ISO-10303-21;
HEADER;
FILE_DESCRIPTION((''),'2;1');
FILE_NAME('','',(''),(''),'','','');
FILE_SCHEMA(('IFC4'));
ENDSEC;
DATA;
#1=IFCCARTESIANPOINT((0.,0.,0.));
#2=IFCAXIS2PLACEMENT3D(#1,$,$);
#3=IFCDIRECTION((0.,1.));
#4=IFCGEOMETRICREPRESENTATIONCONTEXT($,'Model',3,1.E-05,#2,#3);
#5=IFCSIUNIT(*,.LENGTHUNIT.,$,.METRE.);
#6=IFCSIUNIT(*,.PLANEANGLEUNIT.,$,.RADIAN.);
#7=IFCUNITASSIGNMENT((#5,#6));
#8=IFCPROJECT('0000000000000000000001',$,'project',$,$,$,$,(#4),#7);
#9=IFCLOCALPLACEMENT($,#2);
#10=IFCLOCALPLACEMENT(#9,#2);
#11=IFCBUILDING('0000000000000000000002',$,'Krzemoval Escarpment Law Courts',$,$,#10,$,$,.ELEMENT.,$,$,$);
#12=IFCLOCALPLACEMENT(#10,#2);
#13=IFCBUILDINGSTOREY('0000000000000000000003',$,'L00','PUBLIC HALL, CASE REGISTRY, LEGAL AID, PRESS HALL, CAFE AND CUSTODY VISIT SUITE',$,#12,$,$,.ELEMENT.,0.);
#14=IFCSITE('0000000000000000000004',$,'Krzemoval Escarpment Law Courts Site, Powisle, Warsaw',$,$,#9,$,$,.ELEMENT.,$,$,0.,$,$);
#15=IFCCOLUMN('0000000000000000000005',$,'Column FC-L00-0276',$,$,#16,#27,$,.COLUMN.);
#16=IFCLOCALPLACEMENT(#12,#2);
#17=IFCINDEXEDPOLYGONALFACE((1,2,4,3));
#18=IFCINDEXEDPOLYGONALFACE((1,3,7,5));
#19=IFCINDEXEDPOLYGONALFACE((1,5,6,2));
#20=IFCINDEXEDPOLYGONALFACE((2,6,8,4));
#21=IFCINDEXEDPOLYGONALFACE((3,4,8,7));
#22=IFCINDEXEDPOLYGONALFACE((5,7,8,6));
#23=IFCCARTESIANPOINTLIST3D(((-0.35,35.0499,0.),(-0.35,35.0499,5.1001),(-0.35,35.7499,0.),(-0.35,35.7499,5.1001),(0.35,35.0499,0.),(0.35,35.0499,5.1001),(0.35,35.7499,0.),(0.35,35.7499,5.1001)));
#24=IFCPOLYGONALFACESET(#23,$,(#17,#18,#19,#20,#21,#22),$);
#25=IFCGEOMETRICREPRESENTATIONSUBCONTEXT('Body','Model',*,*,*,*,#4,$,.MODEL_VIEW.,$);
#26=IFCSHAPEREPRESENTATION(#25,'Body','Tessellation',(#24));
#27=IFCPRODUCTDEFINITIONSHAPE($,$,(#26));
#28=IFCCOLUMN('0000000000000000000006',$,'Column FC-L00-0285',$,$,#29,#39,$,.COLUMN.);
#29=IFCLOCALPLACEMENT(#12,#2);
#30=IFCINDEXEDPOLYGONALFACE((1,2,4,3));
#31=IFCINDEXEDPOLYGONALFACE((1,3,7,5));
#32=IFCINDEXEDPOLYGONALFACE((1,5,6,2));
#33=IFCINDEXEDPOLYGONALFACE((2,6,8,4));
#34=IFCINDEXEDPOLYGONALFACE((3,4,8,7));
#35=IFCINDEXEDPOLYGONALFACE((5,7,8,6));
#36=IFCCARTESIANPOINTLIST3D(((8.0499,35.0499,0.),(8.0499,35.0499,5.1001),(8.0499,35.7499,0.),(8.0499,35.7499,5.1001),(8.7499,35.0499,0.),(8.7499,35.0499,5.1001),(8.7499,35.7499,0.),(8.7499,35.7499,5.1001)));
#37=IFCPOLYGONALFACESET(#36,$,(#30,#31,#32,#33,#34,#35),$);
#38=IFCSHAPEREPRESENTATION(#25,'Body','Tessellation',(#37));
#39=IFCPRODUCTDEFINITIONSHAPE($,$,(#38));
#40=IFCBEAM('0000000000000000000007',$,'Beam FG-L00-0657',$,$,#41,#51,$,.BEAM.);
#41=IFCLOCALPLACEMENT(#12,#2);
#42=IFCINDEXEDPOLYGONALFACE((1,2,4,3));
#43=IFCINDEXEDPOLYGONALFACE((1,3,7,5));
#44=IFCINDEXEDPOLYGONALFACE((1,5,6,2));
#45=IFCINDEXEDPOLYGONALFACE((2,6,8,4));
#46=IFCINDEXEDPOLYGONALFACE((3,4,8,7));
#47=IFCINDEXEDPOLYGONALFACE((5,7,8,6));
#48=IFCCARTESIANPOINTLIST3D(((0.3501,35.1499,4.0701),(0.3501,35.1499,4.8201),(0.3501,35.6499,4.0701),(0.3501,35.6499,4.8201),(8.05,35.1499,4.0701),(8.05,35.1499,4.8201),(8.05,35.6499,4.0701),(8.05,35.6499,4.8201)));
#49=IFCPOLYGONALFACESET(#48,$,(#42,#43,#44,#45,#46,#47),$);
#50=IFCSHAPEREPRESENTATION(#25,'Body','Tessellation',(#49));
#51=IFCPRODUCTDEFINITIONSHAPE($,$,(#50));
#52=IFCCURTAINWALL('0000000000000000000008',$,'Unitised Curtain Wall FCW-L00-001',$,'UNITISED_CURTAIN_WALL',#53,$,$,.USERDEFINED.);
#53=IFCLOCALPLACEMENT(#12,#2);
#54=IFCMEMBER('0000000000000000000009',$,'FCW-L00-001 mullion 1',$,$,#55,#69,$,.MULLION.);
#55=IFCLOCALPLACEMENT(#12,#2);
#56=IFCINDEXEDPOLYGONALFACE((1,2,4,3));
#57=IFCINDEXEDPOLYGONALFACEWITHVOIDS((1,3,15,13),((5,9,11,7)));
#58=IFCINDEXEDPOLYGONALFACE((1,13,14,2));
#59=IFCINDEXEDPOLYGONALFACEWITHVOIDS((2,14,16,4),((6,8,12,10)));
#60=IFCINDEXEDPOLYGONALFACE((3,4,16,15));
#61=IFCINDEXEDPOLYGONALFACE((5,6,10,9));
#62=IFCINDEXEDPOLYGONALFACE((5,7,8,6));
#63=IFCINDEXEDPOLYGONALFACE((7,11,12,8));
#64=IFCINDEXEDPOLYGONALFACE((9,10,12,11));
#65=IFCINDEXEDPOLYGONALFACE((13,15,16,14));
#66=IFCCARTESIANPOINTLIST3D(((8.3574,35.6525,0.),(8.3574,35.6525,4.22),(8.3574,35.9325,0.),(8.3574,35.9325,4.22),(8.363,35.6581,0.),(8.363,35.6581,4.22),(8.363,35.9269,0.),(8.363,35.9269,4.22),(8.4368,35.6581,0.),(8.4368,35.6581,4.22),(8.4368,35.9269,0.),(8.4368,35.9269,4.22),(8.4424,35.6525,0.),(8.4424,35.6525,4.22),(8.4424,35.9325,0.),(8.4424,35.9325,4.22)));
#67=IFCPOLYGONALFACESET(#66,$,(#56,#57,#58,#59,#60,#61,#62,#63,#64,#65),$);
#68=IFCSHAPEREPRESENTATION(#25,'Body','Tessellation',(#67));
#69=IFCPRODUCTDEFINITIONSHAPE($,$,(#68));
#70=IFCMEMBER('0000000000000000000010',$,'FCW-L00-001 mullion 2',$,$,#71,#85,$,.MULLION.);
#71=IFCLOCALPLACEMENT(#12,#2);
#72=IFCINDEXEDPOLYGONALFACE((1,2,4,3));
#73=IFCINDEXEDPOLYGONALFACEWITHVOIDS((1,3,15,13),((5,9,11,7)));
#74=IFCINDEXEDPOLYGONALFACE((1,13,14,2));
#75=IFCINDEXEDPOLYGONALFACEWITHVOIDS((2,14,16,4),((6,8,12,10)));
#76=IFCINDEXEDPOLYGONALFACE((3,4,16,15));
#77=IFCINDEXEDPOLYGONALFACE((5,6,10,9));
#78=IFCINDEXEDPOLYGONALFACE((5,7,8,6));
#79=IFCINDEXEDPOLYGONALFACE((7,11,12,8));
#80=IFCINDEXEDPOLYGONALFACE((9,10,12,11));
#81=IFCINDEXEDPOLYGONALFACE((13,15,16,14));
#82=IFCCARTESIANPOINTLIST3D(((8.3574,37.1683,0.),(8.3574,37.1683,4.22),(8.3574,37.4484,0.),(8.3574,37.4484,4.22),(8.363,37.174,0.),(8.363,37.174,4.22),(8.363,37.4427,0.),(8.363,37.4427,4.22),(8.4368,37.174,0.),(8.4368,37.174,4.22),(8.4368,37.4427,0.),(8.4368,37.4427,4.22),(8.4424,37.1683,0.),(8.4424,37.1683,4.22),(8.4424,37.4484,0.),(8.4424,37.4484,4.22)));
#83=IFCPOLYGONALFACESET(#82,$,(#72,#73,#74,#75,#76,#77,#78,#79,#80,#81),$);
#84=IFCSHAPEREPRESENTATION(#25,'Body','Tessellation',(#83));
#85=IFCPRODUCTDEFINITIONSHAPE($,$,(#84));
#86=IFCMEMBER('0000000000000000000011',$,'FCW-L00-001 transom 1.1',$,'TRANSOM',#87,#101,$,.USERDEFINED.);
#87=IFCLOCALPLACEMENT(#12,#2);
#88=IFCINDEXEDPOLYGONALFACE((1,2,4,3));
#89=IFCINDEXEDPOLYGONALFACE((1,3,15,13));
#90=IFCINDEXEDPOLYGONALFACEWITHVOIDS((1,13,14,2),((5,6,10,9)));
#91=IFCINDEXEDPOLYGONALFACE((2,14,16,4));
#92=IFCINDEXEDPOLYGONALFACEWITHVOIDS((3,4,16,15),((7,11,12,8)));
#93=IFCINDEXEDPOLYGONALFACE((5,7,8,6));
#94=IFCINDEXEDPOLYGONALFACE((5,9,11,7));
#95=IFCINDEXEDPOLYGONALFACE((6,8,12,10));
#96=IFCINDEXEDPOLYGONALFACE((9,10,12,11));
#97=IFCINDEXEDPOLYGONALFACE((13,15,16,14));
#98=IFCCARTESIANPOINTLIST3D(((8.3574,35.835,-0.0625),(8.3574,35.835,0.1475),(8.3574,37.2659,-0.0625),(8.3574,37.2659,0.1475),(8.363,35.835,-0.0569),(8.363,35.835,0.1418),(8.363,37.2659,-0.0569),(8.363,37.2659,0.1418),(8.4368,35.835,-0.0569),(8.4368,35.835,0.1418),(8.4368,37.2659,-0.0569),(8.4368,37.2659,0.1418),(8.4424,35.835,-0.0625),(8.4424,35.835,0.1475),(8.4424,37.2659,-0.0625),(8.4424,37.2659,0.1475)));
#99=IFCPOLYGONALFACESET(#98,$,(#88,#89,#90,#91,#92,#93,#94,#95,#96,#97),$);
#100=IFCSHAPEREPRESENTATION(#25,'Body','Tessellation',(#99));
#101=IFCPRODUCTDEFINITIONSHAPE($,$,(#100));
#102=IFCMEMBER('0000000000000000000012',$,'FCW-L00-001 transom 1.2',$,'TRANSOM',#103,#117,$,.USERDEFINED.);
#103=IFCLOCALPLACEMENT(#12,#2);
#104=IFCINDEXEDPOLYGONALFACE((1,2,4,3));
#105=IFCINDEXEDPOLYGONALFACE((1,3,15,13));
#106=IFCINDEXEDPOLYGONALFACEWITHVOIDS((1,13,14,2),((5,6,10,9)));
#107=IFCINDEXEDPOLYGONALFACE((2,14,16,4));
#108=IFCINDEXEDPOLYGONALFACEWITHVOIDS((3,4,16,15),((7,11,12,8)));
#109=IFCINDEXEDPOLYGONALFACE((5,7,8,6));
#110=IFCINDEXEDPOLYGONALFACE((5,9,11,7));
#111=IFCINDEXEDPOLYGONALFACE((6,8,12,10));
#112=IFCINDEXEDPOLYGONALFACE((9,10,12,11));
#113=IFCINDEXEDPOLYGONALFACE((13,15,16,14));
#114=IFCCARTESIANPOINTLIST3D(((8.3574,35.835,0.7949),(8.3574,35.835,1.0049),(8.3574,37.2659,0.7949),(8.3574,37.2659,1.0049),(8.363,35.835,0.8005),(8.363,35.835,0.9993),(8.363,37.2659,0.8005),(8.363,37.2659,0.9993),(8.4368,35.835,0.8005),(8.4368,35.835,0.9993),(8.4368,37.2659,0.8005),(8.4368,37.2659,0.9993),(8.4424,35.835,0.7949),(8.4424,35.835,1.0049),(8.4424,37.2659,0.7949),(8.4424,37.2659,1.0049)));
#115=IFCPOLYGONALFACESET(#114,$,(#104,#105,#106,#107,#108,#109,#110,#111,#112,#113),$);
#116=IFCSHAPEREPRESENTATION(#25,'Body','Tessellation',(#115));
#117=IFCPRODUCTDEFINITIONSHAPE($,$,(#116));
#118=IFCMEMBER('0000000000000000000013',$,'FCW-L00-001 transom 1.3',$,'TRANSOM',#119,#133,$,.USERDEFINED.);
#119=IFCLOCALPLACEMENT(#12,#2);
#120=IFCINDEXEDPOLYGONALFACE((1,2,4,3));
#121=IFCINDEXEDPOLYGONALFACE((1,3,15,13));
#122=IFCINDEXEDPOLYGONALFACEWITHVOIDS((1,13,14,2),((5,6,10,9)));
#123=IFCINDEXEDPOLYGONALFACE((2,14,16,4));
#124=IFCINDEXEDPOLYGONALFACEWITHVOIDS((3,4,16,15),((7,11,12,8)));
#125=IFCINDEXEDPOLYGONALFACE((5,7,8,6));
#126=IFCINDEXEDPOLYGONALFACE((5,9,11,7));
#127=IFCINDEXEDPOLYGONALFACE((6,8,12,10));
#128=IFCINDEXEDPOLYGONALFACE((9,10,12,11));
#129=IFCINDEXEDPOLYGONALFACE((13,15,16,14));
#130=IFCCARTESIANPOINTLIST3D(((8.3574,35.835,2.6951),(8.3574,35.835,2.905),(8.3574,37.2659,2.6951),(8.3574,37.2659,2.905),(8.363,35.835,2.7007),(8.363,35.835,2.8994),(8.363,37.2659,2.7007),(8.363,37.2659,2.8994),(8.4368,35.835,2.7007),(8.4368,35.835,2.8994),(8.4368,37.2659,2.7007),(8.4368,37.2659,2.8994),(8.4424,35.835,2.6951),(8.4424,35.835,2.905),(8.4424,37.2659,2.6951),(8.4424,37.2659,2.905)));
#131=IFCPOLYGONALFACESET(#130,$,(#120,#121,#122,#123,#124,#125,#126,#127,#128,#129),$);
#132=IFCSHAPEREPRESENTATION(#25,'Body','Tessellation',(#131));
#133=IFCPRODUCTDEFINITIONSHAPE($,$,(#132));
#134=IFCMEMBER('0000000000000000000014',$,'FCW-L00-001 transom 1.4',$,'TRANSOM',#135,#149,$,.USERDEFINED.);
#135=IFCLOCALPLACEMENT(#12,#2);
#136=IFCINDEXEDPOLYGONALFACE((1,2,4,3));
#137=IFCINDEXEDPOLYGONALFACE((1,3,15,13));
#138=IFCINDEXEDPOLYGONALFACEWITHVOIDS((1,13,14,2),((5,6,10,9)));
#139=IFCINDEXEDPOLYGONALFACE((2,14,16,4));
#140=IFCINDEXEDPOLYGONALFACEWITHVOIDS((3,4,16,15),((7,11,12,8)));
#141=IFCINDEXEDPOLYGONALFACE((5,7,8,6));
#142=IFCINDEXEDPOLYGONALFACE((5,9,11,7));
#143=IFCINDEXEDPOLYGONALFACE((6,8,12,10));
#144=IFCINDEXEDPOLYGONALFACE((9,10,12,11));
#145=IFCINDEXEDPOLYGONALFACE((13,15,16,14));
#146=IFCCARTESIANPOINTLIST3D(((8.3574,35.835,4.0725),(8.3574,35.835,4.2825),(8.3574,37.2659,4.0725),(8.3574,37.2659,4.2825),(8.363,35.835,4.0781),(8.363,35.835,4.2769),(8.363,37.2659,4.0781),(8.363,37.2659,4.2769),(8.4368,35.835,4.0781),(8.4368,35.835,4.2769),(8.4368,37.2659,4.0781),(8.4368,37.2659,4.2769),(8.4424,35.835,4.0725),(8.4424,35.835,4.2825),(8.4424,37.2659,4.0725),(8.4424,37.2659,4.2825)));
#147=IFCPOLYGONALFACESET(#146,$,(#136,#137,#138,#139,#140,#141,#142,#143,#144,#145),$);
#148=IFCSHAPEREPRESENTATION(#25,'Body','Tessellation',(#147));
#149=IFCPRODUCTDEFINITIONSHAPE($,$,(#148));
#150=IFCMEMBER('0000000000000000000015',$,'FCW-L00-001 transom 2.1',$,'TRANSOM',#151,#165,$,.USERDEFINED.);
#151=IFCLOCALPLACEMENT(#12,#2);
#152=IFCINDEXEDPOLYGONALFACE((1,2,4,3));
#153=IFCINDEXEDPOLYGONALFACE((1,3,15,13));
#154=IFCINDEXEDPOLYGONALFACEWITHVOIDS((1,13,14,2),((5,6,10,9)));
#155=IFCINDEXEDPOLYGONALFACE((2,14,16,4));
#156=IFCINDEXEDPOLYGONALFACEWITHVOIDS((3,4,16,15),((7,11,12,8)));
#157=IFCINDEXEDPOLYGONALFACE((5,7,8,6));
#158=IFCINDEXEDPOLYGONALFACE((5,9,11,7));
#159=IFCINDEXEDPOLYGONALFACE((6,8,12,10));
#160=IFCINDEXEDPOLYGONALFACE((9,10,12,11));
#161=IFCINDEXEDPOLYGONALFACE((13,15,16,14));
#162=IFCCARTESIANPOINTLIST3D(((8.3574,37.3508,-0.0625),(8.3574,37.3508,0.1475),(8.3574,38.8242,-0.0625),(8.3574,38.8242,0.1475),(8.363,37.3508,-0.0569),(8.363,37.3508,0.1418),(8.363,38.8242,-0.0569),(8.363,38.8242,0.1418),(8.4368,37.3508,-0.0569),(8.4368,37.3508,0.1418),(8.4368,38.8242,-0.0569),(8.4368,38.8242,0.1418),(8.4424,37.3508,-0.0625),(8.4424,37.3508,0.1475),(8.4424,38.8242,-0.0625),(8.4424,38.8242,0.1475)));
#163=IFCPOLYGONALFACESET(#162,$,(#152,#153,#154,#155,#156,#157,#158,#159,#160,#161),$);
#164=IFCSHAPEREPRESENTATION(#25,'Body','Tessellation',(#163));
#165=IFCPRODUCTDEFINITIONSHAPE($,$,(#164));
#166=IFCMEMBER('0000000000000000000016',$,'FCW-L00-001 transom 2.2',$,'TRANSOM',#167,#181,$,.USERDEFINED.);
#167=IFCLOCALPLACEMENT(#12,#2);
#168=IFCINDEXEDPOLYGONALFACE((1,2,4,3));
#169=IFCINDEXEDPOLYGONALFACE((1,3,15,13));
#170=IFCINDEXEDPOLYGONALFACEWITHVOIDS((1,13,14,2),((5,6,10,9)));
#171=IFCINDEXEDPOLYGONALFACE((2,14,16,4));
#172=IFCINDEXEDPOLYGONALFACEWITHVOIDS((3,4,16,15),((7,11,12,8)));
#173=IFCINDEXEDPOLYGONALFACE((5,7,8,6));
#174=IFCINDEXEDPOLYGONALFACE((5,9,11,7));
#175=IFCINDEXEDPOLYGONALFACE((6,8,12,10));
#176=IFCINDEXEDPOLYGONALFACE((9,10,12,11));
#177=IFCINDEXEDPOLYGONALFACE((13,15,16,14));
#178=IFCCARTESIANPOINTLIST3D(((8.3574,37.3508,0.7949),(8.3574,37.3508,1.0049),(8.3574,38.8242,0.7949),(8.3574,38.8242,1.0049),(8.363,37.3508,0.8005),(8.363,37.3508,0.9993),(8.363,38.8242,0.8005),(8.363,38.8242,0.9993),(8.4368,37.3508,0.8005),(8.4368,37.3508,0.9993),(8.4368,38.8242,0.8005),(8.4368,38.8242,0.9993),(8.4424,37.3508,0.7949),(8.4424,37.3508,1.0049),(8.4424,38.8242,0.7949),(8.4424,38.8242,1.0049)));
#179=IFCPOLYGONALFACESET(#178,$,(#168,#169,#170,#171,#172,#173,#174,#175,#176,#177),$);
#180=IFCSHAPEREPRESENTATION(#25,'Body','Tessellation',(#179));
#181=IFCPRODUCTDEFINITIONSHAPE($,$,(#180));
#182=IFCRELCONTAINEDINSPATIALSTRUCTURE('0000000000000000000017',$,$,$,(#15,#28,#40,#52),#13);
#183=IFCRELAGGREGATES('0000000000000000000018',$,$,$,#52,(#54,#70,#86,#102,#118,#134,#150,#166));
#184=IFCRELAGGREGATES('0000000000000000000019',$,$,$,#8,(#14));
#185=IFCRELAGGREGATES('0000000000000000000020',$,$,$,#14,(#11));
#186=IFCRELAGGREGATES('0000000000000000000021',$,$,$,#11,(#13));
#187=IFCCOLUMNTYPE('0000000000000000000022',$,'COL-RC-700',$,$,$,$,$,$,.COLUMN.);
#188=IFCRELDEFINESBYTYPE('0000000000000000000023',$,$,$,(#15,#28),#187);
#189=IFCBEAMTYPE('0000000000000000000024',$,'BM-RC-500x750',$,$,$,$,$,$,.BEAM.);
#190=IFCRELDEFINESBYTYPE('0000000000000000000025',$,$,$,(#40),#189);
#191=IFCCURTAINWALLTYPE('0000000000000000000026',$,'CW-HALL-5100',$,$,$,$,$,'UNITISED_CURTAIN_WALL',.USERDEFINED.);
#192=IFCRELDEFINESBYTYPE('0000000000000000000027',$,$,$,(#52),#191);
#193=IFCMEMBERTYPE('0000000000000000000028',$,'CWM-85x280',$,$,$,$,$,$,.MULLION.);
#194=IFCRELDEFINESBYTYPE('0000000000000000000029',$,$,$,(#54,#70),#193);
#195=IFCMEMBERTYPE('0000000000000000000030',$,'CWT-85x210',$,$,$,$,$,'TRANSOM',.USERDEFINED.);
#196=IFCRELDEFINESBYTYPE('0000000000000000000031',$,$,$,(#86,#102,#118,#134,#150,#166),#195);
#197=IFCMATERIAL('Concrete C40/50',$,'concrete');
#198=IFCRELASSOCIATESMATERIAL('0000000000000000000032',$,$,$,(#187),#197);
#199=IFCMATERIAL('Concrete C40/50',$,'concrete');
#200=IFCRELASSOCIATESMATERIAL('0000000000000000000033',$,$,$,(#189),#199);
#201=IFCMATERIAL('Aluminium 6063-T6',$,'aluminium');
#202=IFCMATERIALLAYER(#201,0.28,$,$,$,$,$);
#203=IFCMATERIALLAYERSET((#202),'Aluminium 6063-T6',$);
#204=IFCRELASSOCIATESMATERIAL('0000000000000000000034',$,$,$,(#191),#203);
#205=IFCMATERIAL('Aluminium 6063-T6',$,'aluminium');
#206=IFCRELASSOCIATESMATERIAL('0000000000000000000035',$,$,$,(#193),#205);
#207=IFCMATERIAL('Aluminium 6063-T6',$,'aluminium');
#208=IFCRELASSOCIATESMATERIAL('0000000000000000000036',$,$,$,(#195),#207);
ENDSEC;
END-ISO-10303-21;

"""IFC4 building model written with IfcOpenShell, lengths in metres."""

from ifc_helpers import new_model, si_unit, direction, frame, origin, origin_2d, place, context, subcontext, project, spatial, rectangle, hollow_rectangle, extrude, material, layer, layer_set, material_profile, profile_set, type_object, element, aggregate, save


model = new_model("IFC4")

# Units and contexts
model_context = context("Model", 3, precision=1e-05, world=origin(), true_north=direction((0.0, 1.0)))
body_context = subcontext(model_context, "Body", "Model", "MODEL_VIEW")
ifc_project = project(units=[si_unit("LENGTHUNIT", "METRE"), si_unit("PLANEANGLEUNIT", "RADIAN")], contexts=[model_context])

# Site, building, storey
site_placement = place(None, origin())
site = spatial("IfcSite", under=ifc_project, at=site_placement, Name="Krzemoval Escarpment Law Courts Site, Powisle, Warsaw", CompositionType="ELEMENT", RefElevation=0.0)
building_placement = place(site_placement, origin())
building = spatial("IfcBuilding", under=site, at=building_placement, Name="Krzemoval Escarpment Law Courts", CompositionType="ELEMENT")
storey_placement = place(building_placement, origin())
storey = spatial("IfcBuildingStorey", under=building, at=storey_placement, Name="L00", Description="PUBLIC HALL, CASE REGISTRY, LEGAL AID, PRESS HALL, CAFE AND CUSTODY VISIT SUITE", CompositionType="ELEMENT", Elevation=0.0)

# Columns
ifc_material_1 = material(Name="Concrete C40/50", Category="concrete")
ifc_material_profile_1 = material_profile(ifc_material_1, rectangle(XDim=0.7, YDim=0.7, at=origin_2d()), Name="RC 700x700")
ifc_profile_set_1 = profile_set([ifc_material_profile_1], Name="Concrete C40/50")
column_type = type_object("IfcColumnType", Name="COL-RC-700", PredefinedType="COLUMN", material=ifc_profile_set_1)
for number, where, z_axis, x_axis, name in (
    (1, (0.0, 35.3999, 0.0), (0.0, 0.0, 1.0), (1.0, 0.0, 0.0), "Column FC-L00-0276"),
    (2, (8.3999, 35.3999, 0.0), (0.0, 0.0, 1.0), (1.0, 0.0, 0.0), "Column FC-L00-0285"),
):
    element("IfcColumn", number, at=place(storey_placement, frame(where, z_axis=z_axis, x_axis=x_axis)), inside=storey, type_object=column_type, Name=name, PredefinedType="COLUMN", context=body_context, shape_type="SweptSolid", body=[
        extrude(rectangle(XDim=0.7, YDim=0.7, at=origin_2d()), origin(), (0.0, 0.0, 1.0), 5.1001),
    ])

# Beam
ifc_material_2 = material(Name="Concrete C40/50", Category="concrete")
ifc_material_profile_2 = material_profile(ifc_material_2, rectangle(XDim=0.5, YDim=0.75, at=origin_2d()), Name="RCB 500x750")
ifc_profile_set_2 = profile_set([ifc_material_profile_2], Name="Concrete C40/50")
beam_type_1 = type_object("IfcBeamType", Name="BM-RC-500x750", PredefinedType="BEAM", material=ifc_profile_set_2)
beam_1_placement = place(storey_placement, frame((0.3501, 35.3999, 4.4451), z_axis=(1.0, 0.0, 0.0), x_axis=(0.0, 1.0, 0.0)))
element("IfcBeam", 3, at=beam_1_placement, inside=storey, type_object=beam_type_1, Name="Beam FG-L00-0657", PredefinedType="BEAM", context=body_context, shape_type="SweptSolid", body=[
    extrude(rectangle(XDim=0.5, YDim=0.75, at=origin_2d()), origin(), (0.0, 0.0, 1.0), 7.7),
])

# Curtain wall, members
ifc_material_3 = material(Name="Aluminium 6063-T6", Category="aluminium")
ifc_layer_1 = layer(ifc_material_3, 0.28)
ifc_layer_set_1 = layer_set([ifc_layer_1], Name="Aluminium 6063-T6")
curtain_wall_type = type_object("IfcCurtainWallType", Name="CW-HALL-5100", ElementType="UNITISED_CURTAIN_WALL", PredefinedType="USERDEFINED", material=ifc_layer_set_1)
curtain_wall_placement = place(storey_placement, origin())
curtain_wall = element("IfcCurtainWall", 4, at=curtain_wall_placement, inside=storey, type_object=curtain_wall_type, Name="Unitised Curtain Wall FCW-L00-001", ObjectType="UNITISED_CURTAIN_WALL", PredefinedType="USERDEFINED")
ifc_material_4 = material(Name="Aluminium 6063-T6", Category="aluminium")
ifc_material_profile_3 = material_profile(ifc_material_4, hollow_rectangle(XDim=0.085, YDim=0.28, WallThickness=0.0056, at=origin_2d()), Name="ALU M85x280")
ifc_profile_set_3 = profile_set([ifc_material_profile_3], Name="Aluminium 6063-T6")
member_type_1 = type_object("IfcMemberType", Name="CWM-85x280", PredefinedType="MULLION", material=ifc_profile_set_3)
member_1_placement = place(storey_placement, frame((8.3999, 35.7925, 0.0), z_axis=(0.0, 0.0, 1.0), x_axis=(-1.0, 0.0, 0.0)))
member_1 = element("IfcMember", 5, at=member_1_placement, type_object=member_type_1, Name="FCW-L00-001 mullion 1", PredefinedType="MULLION", context=body_context, shape_type="SweptSolid", body=[
    extrude(hollow_rectangle(XDim=0.085, YDim=0.28, WallThickness=0.0056, at=origin_2d()), origin(), (0.0, 0.0, 1.0), 4.22),
])
member_2_placement = place(storey_placement, frame((8.3999, 37.3083, 0.0), z_axis=(0.0, 0.0, 1.0), x_axis=(-1.0, 0.0, 0.0)))
member_2 = element("IfcMember", 6, at=member_2_placement, type_object=member_type_1, Name="FCW-L00-001 mullion 2", PredefinedType="MULLION", context=body_context, shape_type="SweptSolid", body=[
    extrude(hollow_rectangle(XDim=0.085, YDim=0.28, WallThickness=0.0056, at=origin_2d()), origin(), (0.0, 0.0, 1.0), 4.22),
])
ifc_material_5 = material(Name="Aluminium 6063-T6", Category="aluminium")
ifc_material_profile_4 = material_profile(ifc_material_5, hollow_rectangle(XDim=0.085, YDim=0.21, WallThickness=0.0056, at=origin_2d()), Name="ALU T85x210")
ifc_profile_set_4 = profile_set([ifc_material_profile_4], Name="Aluminium 6063-T6")
member_type_2 = type_object("IfcMemberType", Name="CWT-85x210", ElementType="TRANSOM", PredefinedType="USERDEFINED", material=ifc_profile_set_4)
member_3_placement = place(storey_placement, frame((8.3999, 35.835, 0.0425), z_axis=(0.0, 1.0, 0.0), x_axis=(-1.0, 0.0, 0.0)))
member_3 = element("IfcMember", 7, at=member_3_placement, type_object=member_type_2, Name="FCW-L00-001 transom 1.1", ObjectType="TRANSOM", PredefinedType="USERDEFINED", context=body_context, shape_type="SweptSolid", body=[
    extrude(hollow_rectangle(XDim=0.085, YDim=0.21, WallThickness=0.0056, at=origin_2d()), origin(), (0.0, 0.0, 1.0), 1.4309),
])
member_4_placement = place(storey_placement, frame((8.3999, 35.835, 0.8999), z_axis=(0.0, 1.0, 0.0), x_axis=(-1.0, 0.0, 0.0)))
member_4 = element("IfcMember", 8, at=member_4_placement, type_object=member_type_2, Name="FCW-L00-001 transom 1.2", ObjectType="TRANSOM", PredefinedType="USERDEFINED", context=body_context, shape_type="SweptSolid", body=[
    extrude(hollow_rectangle(XDim=0.085, YDim=0.21, WallThickness=0.0056, at=origin_2d()), origin(), (0.0, 0.0, 1.0), 1.4309),
])
member_5_placement = place(storey_placement, frame((8.3999, 35.835, 2.8), z_axis=(0.0, 1.0, 0.0), x_axis=(-1.0, 0.0, 0.0)))
member_5 = element("IfcMember", 9, at=member_5_placement, type_object=member_type_2, Name="FCW-L00-001 transom 1.3", ObjectType="TRANSOM", PredefinedType="USERDEFINED", context=body_context, shape_type="SweptSolid", body=[
    extrude(hollow_rectangle(XDim=0.085, YDim=0.21, WallThickness=0.0056, at=origin_2d()), origin(), (0.0, 0.0, 1.0), 1.4309),
])
member_6_placement = place(storey_placement, frame((8.3999, 35.835, 4.1775), z_axis=(0.0, 1.0, 0.0), x_axis=(-1.0, 0.0, 0.0)))
member_6 = element("IfcMember", 10, at=member_6_placement, type_object=member_type_2, Name="FCW-L00-001 transom 1.4", ObjectType="TRANSOM", PredefinedType="USERDEFINED", context=body_context, shape_type="SweptSolid", body=[
    extrude(hollow_rectangle(XDim=0.085, YDim=0.21, WallThickness=0.0056, at=origin_2d()), origin(), (0.0, 0.0, 1.0), 1.4309),
])
member_7_placement = place(storey_placement, frame((8.3999, 37.3508, 0.0425), z_axis=(0.0, 1.0, 0.0), x_axis=(-1.0, 0.0, 0.0)))
member_7 = element("IfcMember", 11, at=member_7_placement, type_object=member_type_2, Name="FCW-L00-001 transom 2.1", ObjectType="TRANSOM", PredefinedType="USERDEFINED", context=body_context, shape_type="SweptSolid", body=[
    extrude(hollow_rectangle(XDim=0.085, YDim=0.21, WallThickness=0.0056, at=origin_2d()), origin(), (0.0, 0.0, 1.0), 1.4734),
])
member_8_placement = place(storey_placement, frame((8.3999, 37.3508, 0.8999), z_axis=(0.0, 1.0, 0.0), x_axis=(-1.0, 0.0, 0.0)))
member_8 = element("IfcMember", 12, at=member_8_placement, type_object=member_type_2, Name="FCW-L00-001 transom 2.2", ObjectType="TRANSOM", PredefinedType="USERDEFINED", context=body_context, shape_type="SweptSolid", body=[
    extrude(hollow_rectangle(XDim=0.085, YDim=0.21, WallThickness=0.0056, at=origin_2d()), origin(), (0.0, 0.0, 1.0), 1.4734),
])

aggregate(curtain_wall, [member_1, member_2, member_3, member_4, member_5, member_6, member_7, member_8])

save(model, "model.ifc")
